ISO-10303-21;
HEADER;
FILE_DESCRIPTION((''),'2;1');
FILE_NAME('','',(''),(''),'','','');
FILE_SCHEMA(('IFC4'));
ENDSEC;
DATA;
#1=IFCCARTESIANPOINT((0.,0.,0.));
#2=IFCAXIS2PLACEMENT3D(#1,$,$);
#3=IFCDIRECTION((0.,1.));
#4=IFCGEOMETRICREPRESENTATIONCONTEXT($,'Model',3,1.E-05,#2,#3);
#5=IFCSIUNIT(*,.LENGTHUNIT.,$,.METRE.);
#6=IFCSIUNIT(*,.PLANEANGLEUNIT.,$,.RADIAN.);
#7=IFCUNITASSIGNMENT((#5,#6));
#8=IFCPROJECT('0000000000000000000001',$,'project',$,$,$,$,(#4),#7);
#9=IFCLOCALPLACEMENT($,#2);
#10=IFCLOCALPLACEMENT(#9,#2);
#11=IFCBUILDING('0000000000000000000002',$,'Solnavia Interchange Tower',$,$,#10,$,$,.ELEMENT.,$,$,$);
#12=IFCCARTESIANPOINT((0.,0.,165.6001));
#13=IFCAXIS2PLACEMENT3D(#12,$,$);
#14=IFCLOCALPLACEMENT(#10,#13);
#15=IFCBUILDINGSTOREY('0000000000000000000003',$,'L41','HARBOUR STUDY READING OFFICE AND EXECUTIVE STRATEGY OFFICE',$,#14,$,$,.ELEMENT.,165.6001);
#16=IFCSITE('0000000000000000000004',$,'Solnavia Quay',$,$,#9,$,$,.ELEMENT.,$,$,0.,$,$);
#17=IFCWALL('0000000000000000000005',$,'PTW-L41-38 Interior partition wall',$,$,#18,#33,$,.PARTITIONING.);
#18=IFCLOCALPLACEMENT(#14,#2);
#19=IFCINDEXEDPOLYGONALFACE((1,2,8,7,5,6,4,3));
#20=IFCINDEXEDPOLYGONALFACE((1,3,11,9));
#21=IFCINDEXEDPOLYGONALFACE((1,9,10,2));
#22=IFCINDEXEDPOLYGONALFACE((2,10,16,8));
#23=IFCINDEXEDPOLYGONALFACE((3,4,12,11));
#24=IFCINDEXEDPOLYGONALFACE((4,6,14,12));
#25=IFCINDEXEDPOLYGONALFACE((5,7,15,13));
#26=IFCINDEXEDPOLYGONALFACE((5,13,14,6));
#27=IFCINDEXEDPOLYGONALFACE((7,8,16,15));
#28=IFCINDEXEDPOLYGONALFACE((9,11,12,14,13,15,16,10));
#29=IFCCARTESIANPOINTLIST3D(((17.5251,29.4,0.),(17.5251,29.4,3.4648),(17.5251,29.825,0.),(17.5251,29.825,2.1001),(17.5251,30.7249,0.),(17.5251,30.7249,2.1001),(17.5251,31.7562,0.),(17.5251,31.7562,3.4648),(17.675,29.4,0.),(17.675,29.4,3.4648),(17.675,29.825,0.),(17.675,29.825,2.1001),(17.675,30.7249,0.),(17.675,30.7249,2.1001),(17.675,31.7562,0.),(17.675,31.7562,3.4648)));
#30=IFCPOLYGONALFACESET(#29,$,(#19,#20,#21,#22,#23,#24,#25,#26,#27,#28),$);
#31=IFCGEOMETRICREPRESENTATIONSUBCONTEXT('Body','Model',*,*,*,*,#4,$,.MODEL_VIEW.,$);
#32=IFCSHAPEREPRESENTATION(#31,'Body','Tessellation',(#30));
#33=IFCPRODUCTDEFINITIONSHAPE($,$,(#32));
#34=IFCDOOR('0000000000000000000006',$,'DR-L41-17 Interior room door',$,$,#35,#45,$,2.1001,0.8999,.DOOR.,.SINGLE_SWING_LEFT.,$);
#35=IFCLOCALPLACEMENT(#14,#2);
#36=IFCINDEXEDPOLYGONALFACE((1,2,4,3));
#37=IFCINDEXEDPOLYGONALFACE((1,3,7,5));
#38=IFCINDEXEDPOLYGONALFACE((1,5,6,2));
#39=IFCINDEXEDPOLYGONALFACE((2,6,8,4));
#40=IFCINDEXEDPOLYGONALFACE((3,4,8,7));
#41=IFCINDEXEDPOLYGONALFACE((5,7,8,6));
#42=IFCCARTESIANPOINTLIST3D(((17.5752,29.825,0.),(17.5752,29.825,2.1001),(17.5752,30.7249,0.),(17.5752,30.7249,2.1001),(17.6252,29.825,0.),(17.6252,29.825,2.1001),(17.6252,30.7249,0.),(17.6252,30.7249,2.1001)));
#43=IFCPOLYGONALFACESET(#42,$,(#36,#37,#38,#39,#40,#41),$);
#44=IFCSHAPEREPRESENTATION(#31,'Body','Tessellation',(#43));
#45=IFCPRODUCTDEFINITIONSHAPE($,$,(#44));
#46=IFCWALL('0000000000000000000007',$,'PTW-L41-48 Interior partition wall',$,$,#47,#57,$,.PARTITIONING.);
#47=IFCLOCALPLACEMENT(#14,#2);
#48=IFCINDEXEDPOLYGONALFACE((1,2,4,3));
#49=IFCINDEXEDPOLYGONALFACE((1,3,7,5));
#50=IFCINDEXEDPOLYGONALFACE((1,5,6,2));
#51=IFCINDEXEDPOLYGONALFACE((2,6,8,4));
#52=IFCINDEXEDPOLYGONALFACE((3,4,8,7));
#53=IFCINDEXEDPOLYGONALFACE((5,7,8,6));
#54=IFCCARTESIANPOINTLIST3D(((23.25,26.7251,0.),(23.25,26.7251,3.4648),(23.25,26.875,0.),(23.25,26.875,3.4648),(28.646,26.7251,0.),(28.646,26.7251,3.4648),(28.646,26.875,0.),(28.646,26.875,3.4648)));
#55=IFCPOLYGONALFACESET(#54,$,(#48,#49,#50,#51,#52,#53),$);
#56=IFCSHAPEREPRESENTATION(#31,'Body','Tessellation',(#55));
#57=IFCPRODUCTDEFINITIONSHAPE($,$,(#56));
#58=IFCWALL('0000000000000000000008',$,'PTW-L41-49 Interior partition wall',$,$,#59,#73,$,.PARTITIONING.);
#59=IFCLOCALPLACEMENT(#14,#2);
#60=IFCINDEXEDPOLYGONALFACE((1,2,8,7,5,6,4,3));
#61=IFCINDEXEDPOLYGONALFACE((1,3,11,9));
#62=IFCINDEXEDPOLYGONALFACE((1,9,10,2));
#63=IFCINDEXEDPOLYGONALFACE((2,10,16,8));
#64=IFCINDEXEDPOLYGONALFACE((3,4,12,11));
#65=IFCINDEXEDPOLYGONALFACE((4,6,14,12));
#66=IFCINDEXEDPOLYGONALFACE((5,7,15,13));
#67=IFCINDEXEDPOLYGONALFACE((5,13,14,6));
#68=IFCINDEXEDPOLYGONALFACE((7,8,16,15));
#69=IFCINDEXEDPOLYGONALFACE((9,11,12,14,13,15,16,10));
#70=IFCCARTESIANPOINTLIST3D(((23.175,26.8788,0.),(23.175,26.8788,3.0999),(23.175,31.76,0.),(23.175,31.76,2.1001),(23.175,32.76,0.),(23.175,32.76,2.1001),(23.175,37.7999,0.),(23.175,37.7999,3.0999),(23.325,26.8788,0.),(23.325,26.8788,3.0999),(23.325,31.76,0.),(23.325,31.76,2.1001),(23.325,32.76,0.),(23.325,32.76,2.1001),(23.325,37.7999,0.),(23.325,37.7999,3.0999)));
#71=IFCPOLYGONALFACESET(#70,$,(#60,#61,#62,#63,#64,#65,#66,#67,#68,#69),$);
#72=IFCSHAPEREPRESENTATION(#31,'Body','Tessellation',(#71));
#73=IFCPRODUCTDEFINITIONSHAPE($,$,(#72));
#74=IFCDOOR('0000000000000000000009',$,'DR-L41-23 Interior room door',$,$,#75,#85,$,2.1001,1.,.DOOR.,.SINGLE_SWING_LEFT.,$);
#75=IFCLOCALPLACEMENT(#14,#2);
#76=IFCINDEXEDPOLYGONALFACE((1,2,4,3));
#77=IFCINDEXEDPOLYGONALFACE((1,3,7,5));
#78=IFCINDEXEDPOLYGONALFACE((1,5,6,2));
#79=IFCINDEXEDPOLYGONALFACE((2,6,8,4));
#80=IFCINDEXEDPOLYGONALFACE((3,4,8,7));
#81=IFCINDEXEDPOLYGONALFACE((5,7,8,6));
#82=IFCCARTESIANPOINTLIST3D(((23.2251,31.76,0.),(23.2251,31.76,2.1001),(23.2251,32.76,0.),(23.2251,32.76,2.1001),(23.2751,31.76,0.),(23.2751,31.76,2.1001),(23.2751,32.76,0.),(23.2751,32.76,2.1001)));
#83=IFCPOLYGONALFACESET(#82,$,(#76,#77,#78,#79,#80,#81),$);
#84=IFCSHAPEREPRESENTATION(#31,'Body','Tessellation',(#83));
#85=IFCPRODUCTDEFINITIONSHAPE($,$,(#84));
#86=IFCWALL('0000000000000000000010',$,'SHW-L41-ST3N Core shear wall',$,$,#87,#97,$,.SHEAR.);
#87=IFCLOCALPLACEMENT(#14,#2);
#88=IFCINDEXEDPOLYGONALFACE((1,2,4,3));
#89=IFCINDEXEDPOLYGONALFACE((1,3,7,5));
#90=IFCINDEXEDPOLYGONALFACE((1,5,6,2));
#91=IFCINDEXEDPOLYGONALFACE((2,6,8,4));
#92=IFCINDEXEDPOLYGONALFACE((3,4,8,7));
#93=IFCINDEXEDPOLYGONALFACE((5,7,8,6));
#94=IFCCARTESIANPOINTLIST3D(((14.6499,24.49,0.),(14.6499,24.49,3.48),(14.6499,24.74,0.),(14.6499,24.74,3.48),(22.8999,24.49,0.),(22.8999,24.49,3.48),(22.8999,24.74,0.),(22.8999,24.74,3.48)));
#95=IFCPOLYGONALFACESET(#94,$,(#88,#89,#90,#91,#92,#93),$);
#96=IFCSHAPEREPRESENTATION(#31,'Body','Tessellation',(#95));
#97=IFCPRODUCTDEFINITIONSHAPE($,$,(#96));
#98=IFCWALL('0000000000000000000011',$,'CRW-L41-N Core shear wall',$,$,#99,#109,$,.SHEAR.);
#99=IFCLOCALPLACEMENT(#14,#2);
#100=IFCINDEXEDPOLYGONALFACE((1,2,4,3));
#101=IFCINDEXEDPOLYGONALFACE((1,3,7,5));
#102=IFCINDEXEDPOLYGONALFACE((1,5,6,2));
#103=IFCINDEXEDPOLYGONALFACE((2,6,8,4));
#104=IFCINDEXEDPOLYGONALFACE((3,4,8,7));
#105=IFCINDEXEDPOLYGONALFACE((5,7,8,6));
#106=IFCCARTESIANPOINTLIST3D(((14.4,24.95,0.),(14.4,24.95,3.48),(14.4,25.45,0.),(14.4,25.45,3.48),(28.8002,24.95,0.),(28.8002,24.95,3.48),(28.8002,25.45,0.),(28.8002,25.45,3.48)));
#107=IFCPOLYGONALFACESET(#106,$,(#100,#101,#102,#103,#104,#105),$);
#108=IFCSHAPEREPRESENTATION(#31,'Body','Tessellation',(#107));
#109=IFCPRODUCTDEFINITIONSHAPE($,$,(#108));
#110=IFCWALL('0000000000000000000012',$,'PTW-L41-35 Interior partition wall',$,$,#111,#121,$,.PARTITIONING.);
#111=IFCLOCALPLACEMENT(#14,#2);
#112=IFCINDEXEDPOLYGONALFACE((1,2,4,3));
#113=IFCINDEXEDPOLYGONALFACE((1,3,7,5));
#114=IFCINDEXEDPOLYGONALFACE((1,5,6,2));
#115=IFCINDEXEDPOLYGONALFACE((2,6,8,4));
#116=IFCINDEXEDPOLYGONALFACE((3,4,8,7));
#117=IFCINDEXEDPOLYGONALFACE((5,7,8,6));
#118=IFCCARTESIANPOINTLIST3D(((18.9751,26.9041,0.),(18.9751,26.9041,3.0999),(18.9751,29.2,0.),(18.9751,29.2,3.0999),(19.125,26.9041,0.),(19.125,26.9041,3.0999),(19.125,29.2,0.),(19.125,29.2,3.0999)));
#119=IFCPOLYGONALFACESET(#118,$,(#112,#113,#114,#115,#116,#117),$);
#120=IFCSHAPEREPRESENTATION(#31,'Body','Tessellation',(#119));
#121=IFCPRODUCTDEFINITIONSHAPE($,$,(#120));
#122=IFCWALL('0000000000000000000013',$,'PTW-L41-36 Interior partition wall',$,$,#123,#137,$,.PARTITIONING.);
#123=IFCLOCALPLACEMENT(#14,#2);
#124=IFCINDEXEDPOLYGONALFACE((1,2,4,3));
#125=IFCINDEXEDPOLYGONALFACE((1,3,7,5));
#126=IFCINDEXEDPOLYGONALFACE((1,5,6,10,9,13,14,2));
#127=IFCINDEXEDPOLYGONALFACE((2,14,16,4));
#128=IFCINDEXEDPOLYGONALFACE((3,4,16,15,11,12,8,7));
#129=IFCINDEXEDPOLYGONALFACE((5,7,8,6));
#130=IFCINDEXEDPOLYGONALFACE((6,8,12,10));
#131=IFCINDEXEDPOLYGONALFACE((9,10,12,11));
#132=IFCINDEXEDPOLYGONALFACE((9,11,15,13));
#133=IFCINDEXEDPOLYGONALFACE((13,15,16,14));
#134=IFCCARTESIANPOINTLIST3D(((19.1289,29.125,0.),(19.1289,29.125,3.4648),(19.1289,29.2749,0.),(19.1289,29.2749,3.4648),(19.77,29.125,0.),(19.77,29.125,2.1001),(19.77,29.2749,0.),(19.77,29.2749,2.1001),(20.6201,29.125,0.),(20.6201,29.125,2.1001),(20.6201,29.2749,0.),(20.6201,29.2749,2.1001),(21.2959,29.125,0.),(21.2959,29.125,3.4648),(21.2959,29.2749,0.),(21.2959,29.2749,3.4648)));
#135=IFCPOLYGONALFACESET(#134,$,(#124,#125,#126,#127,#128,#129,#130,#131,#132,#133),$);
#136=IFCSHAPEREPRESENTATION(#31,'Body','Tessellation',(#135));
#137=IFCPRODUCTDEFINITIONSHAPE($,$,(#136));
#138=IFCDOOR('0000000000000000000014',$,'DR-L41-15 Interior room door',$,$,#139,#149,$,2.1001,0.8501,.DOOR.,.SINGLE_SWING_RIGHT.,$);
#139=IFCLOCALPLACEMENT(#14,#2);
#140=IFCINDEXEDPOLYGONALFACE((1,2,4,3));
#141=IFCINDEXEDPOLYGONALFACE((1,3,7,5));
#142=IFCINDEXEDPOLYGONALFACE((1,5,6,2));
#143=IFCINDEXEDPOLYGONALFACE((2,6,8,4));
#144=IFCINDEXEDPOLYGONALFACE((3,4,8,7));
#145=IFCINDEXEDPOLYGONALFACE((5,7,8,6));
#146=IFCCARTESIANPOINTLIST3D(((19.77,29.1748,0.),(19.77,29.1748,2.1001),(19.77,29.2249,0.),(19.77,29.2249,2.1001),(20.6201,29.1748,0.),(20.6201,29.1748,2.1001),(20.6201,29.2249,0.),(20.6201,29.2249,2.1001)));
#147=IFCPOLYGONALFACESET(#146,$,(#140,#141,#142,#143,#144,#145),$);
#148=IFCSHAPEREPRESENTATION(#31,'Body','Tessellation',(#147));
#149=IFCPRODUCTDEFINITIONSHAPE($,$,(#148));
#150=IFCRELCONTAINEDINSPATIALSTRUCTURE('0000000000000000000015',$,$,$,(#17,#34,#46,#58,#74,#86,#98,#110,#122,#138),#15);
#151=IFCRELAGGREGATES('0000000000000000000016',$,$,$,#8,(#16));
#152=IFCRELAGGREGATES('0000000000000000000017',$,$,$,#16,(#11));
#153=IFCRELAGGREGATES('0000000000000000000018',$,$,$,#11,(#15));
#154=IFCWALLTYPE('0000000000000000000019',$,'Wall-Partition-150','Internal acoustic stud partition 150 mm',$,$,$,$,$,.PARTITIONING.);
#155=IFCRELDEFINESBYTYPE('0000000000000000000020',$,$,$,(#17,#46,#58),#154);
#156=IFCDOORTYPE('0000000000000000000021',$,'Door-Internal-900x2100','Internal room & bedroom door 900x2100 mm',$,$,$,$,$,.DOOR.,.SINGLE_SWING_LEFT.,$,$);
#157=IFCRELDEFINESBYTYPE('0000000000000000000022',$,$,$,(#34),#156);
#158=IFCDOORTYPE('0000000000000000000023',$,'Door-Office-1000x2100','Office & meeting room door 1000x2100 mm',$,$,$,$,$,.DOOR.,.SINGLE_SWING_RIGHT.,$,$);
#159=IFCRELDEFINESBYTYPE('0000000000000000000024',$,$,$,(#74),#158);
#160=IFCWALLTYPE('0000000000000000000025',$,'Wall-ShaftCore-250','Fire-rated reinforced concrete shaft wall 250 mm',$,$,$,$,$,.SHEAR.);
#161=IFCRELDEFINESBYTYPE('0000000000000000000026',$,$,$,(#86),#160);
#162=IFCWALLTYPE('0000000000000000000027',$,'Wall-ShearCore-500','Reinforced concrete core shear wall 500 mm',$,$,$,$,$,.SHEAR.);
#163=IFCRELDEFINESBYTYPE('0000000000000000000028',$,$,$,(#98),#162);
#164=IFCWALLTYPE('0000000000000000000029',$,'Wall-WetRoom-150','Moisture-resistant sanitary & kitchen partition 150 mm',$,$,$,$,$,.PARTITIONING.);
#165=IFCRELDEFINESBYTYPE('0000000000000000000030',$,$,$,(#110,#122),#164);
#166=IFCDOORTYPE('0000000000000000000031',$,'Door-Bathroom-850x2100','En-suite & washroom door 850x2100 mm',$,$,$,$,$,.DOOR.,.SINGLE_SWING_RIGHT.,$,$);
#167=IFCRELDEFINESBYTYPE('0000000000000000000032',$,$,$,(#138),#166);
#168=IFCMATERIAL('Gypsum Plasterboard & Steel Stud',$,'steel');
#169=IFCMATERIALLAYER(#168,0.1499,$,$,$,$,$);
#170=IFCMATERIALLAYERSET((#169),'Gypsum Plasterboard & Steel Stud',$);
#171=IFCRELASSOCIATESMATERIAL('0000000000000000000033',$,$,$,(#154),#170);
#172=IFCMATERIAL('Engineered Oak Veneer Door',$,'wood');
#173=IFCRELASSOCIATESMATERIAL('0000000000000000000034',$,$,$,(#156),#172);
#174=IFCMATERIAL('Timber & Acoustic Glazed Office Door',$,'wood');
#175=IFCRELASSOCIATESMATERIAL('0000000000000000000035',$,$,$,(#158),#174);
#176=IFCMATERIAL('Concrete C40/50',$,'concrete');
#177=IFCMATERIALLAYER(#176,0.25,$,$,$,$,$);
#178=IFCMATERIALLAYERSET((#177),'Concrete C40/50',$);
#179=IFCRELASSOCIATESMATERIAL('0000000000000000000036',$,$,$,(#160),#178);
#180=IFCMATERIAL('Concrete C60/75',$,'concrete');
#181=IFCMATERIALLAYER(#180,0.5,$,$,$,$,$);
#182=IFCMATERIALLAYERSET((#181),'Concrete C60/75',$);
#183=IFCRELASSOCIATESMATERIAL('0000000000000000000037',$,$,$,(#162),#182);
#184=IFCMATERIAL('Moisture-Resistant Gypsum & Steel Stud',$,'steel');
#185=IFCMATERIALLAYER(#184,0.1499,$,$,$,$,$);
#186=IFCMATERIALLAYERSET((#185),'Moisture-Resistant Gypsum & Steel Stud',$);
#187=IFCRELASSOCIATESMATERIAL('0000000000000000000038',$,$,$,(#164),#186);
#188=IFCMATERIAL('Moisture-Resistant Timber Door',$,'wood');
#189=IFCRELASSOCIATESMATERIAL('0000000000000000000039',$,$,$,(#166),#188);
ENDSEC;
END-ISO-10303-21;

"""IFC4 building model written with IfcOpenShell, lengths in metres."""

from ifc_helpers import new_model, si_unit, direction, frame, frame_2d, origin, place, context, subcontext, project, spatial, rectangle, extrude, material, layer, layer_set, type_object, element, fill, save


model = new_model("IFC4")

# Units and contexts
model_context = context("Model", 3, precision=1e-05, world=origin(), true_north=direction((0.0, 1.0)))
body_context = subcontext(model_context, "Body", "Model", "MODEL_VIEW")
ifc_project = project(units=[si_unit("LENGTHUNIT", "METRE"), si_unit("PLANEANGLEUNIT", "RADIAN")], contexts=[model_context])

# Site, building, storey
site_placement = place(None, origin())
site = spatial("IfcSite", under=ifc_project, at=site_placement, Name="Solnavia Quay", CompositionType="ELEMENT", RefElevation=0.0)
building_placement = place(site_placement, origin())
building = spatial("IfcBuilding", under=site, at=building_placement, Name="Solnavia Interchange Tower", CompositionType="ELEMENT")
storey_placement = place(building_placement, frame((0.0, 0.0, 165.6001)))
storey = spatial("IfcBuildingStorey", under=building, at=storey_placement, Name="L41", Description="HARBOUR STUDY READING OFFICE AND EXECUTIVE STRATEGY OFFICE", CompositionType="ELEMENT", Elevation=165.6001)

# Wall, opening, door
ifc_material_1 = material(Name="Gypsum Plasterboard & Steel Stud", Category="steel")
ifc_layer_1 = layer(ifc_material_1, 0.1499)
ifc_layer_set_1 = layer_set([ifc_layer_1], Name="Gypsum Plasterboard & Steel Stud")
wall_type_1 = type_object("IfcWallType", Name="Wall-Partition-150", Description="Internal acoustic stud partition 150 mm", PredefinedType="PARTITIONING", material=ifc_layer_set_1)
wall_1_placement = place(storey_placement, frame((17.6001, 29.3999, 0.0), z_axis=(0.0, 0.0, 1.0), x_axis=(0.0, 1.0, 0.0)))
wall_1 = element("IfcWall", 1, at=wall_1_placement, inside=storey, type_object=wall_type_1, Name="PTW-L41-38 Interior partition wall", PredefinedType="PARTITIONING", context=body_context, shape_type="SweptSolid", body=[
    extrude(rectangle(XDim=2.3562, YDim=0.1499, at=frame_2d((1.1782, 0.0))), origin(), (0.0, 0.0, 1.0), 3.4648),
])
opening_1_placement = place(wall_1_placement, frame((0.425, 0.0, 0.0)))
opening_1 = element("IfcOpeningElement", 2, at=opening_1_placement, cuts=wall_1, PredefinedType="OPENING", context=body_context, shape_type="SweptSolid", body=[
    extrude(rectangle(XDim=0.8999, YDim=2.1001, at=frame_2d((0.45, 1.05))), frame((0.0, 0.085, 0.0), z_axis=(0.0, -1.0, 0.0), x_axis=(1.0, 0.0, 0.0)), (0.0, 0.0, 1.0), 0.1699),
])
ifc_material_2 = material(Name="Engineered Oak Veneer Door", Category="wood")
door_type_1 = type_object("IfcDoorType", Name="Door-Internal-900x2100", Description="Internal room & bedroom door 900x2100 mm", OperationType="SINGLE_SWING_LEFT", PredefinedType="DOOR", material=ifc_material_2)
door_1_placement = place(opening_1_placement, origin())
door_1 = element("IfcDoor", 3, at=door_1_placement, inside=storey, type_object=door_type_1, Name="DR-L41-17 Interior room door", OperationType="SINGLE_SWING_LEFT", OverallHeight=2.1001, OverallWidth=0.8999, PredefinedType="DOOR", context=body_context, shape_type="SweptSolid", body=[
    extrude(rectangle(XDim=0.8999, YDim=2.1001, at=frame_2d((0.45, 1.05))), frame((0.0, 0.0249, 0.0), z_axis=(0.0, -1.0, 0.0), x_axis=(1.0, 0.0, 0.0)), (0.0, 0.0, 1.0), 0.05),
])
fill(opening_1, door_1)

# Wall
wall_2_placement = place(storey_placement, frame((23.25, 26.8, 0.0), z_axis=(0.0, 0.0, 1.0), x_axis=(1.0, 0.0, 0.0)))
element("IfcWall", 4, at=wall_2_placement, inside=storey, type_object=wall_type_1, Name="PTW-L41-48 Interior partition wall", PredefinedType="PARTITIONING", context=body_context, shape_type="SweptSolid", body=[
    extrude(rectangle(XDim=5.396, YDim=0.1499, at=frame_2d((2.698, 0.0))), origin(), (0.0, 0.0, 1.0), 3.4648),
])

# Wall, opening, door
wall_3_placement = place(storey_placement, frame((23.25, 26.8789, 0.0), z_axis=(0.0, 0.0, 1.0), x_axis=(0.0, 1.0, 0.0)))
wall_3 = element("IfcWall", 5, at=wall_3_placement, inside=storey, type_object=wall_type_1, Name="PTW-L41-49 Interior partition wall", PredefinedType="PARTITIONING", context=body_context, shape_type="SweptSolid", body=[
    extrude(rectangle(XDim=10.9211, YDim=0.1499, at=frame_2d((5.4604, 0.0))), origin(), (0.0, 0.0, 1.0), 3.0999),
])
opening_2_placement = place(wall_3_placement, frame((4.8811, 0.0, 0.0)))
opening_2 = element("IfcOpeningElement", 6, at=opening_2_placement, cuts=wall_3, PredefinedType="OPENING", context=body_context, shape_type="SweptSolid", body=[
    extrude(rectangle(XDim=1.0, YDim=2.1001, at=frame_2d((0.5, 1.05))), frame((0.0, 0.085, 0.0), z_axis=(0.0, -1.0, 0.0), x_axis=(1.0, 0.0, 0.0)), (0.0, 0.0, 1.0), 0.1699),
])
ifc_material_3 = material(Name="Timber & Acoustic Glazed Office Door", Category="wood")
door_type_2 = type_object("IfcDoorType", Name="Door-Office-1000x2100", Description="Office & meeting room door 1000x2100 mm", OperationType="SINGLE_SWING_RIGHT", PredefinedType="DOOR", material=ifc_material_3)
door_2_placement = place(opening_2_placement, origin())
door_2 = element("IfcDoor", 7, at=door_2_placement, inside=storey, type_object=door_type_2, Name="DR-L41-23 Interior room door", OperationType="SINGLE_SWING_LEFT", OverallHeight=2.1001, OverallWidth=1.0, PredefinedType="DOOR", context=body_context, shape_type="SweptSolid", body=[
    extrude(rectangle(XDim=1.0, YDim=2.1001, at=frame_2d((0.5, 1.05))), frame((0.0, 0.0249, 0.0), z_axis=(0.0, -1.0, 0.0), x_axis=(1.0, 0.0, 0.0)), (0.0, 0.0, 1.0), 0.05),
])
fill(opening_2, door_2)

# Walls
ifc_material_4 = material(Name="Concrete C40/50", Category="concrete")
ifc_layer_2 = layer(ifc_material_4, 0.25)
ifc_layer_set_2 = layer_set([ifc_layer_2], Name="Concrete C40/50")
wall_type_2 = type_object("IfcWallType", Name="Wall-ShaftCore-250", Description="Fire-rated reinforced concrete shaft wall 250 mm", PredefinedType="SHEAR", material=ifc_layer_set_2)
wall_4_placement = place(storey_placement, frame((14.6499, 24.615, 0.0), z_axis=(0.0, 0.0, 1.0), x_axis=(1.0, 0.0, 0.0)))
element("IfcWall", 8, at=wall_4_placement, inside=storey, type_object=wall_type_2, Name="SHW-L41-ST3N Core shear wall", PredefinedType="SHEAR", context=body_context, shape_type="SweptSolid", body=[
    extrude(rectangle(XDim=8.25, YDim=0.25, at=frame_2d((4.125, 0.0))), origin(), (0.0, 0.0, 1.0), 3.48),
])
ifc_material_5 = material(Name="Concrete C60/75", Category="concrete")
ifc_layer_3 = layer(ifc_material_5, 0.5)
ifc_layer_set_3 = layer_set([ifc_layer_3], Name="Concrete C60/75")
wall_type_3 = type_object("IfcWallType", Name="Wall-ShearCore-500", Description="Reinforced concrete core shear wall 500 mm", PredefinedType="SHEAR", material=ifc_layer_set_3)
wall_5_placement = place(storey_placement, frame((14.3999, 25.2, 0.0), z_axis=(0.0, 0.0, 1.0), x_axis=(1.0, 0.0, 0.0)))
element("IfcWall", 9, at=wall_5_placement, inside=storey, type_object=wall_type_3, Name="CRW-L41-N Core shear wall", PredefinedType="SHEAR", context=body_context, shape_type="SweptSolid", body=[
    extrude(rectangle(XDim=14.4001, YDim=0.5, at=frame_2d((7.2002, 0.0))), origin(), (0.0, 0.0, 1.0), 3.48),
])
ifc_material_6 = material(Name="Moisture-Resistant Gypsum & Steel Stud", Category="steel")
ifc_layer_4 = layer(ifc_material_6, 0.1499)
ifc_layer_set_4 = layer_set([ifc_layer_4], Name="Moisture-Resistant Gypsum & Steel Stud")
wall_type_4 = type_object("IfcWallType", Name="Wall-WetRoom-150", Description="Moisture-resistant sanitary & kitchen partition 150 mm", PredefinedType="PARTITIONING", material=ifc_layer_set_4)
wall_6_placement = place(storey_placement, frame((19.05, 26.9041, 0.0), z_axis=(0.0, 0.0, 1.0), x_axis=(0.0, 1.0, 0.0)))
element("IfcWall", 10, at=wall_6_placement, inside=storey, type_object=wall_type_4, Name="PTW-L41-35 Interior partition wall", PredefinedType="PARTITIONING", context=body_context, shape_type="SweptSolid", body=[
    extrude(rectangle(XDim=2.2959, YDim=0.1499, at=frame_2d((1.1479, 0.0))), origin(), (0.0, 0.0, 1.0), 3.0999),
])

# Wall, opening, door
wall_7_placement = place(storey_placement, frame((19.1289, 29.2, 0.0), z_axis=(0.0, 0.0, 1.0), x_axis=(1.0, 0.0, 0.0)))
wall_7 = element("IfcWall", 11, at=wall_7_placement, inside=storey, type_object=wall_type_4, Name="PTW-L41-36 Interior partition wall", PredefinedType="PARTITIONING", context=body_context, shape_type="SweptSolid", body=[
    extrude(rectangle(XDim=2.167, YDim=0.1499, at=frame_2d((1.0835, 0.0))), origin(), (0.0, 0.0, 1.0), 3.4648),
])
opening_3_placement = place(wall_7_placement, frame((0.6411, 0.0, 0.0)))
opening_3 = element("IfcOpeningElement", 12, at=opening_3_placement, cuts=wall_7, PredefinedType="OPENING", context=body_context, shape_type="SweptSolid", body=[
    extrude(rectangle(XDim=0.8501, YDim=2.1001, at=frame_2d((0.425, 1.05))), frame((0.0, 0.085, 0.0), z_axis=(0.0, -1.0, 0.0), x_axis=(1.0, 0.0, 0.0)), (0.0, 0.0, 1.0), 0.1699),
])
ifc_material_7 = material(Name="Moisture-Resistant Timber Door", Category="wood")
door_type_3 = type_object("IfcDoorType", Name="Door-Bathroom-850x2100", Description="En-suite & washroom door 850x2100 mm", OperationType="SINGLE_SWING_RIGHT", PredefinedType="DOOR", material=ifc_material_7)
door_3_placement = place(opening_3_placement, origin())
door_3 = element("IfcDoor", 13, at=door_3_placement, inside=storey, type_object=door_type_3, Name="DR-L41-15 Interior room door", OperationType="SINGLE_SWING_RIGHT", OverallHeight=2.1001, OverallWidth=0.8501, PredefinedType="DOOR", context=body_context, shape_type="SweptSolid", body=[
    extrude(rectangle(XDim=0.8501, YDim=2.1001, at=frame_2d((0.425, 1.05))), frame((0.0, 0.0249, 0.0), z_axis=(0.0, -1.0, 0.0), x_axis=(1.0, 0.0, 0.0)), (0.0, 0.0, 1.0), 0.05),
])
fill(opening_3, door_3)

save(model, "model.ifc")
